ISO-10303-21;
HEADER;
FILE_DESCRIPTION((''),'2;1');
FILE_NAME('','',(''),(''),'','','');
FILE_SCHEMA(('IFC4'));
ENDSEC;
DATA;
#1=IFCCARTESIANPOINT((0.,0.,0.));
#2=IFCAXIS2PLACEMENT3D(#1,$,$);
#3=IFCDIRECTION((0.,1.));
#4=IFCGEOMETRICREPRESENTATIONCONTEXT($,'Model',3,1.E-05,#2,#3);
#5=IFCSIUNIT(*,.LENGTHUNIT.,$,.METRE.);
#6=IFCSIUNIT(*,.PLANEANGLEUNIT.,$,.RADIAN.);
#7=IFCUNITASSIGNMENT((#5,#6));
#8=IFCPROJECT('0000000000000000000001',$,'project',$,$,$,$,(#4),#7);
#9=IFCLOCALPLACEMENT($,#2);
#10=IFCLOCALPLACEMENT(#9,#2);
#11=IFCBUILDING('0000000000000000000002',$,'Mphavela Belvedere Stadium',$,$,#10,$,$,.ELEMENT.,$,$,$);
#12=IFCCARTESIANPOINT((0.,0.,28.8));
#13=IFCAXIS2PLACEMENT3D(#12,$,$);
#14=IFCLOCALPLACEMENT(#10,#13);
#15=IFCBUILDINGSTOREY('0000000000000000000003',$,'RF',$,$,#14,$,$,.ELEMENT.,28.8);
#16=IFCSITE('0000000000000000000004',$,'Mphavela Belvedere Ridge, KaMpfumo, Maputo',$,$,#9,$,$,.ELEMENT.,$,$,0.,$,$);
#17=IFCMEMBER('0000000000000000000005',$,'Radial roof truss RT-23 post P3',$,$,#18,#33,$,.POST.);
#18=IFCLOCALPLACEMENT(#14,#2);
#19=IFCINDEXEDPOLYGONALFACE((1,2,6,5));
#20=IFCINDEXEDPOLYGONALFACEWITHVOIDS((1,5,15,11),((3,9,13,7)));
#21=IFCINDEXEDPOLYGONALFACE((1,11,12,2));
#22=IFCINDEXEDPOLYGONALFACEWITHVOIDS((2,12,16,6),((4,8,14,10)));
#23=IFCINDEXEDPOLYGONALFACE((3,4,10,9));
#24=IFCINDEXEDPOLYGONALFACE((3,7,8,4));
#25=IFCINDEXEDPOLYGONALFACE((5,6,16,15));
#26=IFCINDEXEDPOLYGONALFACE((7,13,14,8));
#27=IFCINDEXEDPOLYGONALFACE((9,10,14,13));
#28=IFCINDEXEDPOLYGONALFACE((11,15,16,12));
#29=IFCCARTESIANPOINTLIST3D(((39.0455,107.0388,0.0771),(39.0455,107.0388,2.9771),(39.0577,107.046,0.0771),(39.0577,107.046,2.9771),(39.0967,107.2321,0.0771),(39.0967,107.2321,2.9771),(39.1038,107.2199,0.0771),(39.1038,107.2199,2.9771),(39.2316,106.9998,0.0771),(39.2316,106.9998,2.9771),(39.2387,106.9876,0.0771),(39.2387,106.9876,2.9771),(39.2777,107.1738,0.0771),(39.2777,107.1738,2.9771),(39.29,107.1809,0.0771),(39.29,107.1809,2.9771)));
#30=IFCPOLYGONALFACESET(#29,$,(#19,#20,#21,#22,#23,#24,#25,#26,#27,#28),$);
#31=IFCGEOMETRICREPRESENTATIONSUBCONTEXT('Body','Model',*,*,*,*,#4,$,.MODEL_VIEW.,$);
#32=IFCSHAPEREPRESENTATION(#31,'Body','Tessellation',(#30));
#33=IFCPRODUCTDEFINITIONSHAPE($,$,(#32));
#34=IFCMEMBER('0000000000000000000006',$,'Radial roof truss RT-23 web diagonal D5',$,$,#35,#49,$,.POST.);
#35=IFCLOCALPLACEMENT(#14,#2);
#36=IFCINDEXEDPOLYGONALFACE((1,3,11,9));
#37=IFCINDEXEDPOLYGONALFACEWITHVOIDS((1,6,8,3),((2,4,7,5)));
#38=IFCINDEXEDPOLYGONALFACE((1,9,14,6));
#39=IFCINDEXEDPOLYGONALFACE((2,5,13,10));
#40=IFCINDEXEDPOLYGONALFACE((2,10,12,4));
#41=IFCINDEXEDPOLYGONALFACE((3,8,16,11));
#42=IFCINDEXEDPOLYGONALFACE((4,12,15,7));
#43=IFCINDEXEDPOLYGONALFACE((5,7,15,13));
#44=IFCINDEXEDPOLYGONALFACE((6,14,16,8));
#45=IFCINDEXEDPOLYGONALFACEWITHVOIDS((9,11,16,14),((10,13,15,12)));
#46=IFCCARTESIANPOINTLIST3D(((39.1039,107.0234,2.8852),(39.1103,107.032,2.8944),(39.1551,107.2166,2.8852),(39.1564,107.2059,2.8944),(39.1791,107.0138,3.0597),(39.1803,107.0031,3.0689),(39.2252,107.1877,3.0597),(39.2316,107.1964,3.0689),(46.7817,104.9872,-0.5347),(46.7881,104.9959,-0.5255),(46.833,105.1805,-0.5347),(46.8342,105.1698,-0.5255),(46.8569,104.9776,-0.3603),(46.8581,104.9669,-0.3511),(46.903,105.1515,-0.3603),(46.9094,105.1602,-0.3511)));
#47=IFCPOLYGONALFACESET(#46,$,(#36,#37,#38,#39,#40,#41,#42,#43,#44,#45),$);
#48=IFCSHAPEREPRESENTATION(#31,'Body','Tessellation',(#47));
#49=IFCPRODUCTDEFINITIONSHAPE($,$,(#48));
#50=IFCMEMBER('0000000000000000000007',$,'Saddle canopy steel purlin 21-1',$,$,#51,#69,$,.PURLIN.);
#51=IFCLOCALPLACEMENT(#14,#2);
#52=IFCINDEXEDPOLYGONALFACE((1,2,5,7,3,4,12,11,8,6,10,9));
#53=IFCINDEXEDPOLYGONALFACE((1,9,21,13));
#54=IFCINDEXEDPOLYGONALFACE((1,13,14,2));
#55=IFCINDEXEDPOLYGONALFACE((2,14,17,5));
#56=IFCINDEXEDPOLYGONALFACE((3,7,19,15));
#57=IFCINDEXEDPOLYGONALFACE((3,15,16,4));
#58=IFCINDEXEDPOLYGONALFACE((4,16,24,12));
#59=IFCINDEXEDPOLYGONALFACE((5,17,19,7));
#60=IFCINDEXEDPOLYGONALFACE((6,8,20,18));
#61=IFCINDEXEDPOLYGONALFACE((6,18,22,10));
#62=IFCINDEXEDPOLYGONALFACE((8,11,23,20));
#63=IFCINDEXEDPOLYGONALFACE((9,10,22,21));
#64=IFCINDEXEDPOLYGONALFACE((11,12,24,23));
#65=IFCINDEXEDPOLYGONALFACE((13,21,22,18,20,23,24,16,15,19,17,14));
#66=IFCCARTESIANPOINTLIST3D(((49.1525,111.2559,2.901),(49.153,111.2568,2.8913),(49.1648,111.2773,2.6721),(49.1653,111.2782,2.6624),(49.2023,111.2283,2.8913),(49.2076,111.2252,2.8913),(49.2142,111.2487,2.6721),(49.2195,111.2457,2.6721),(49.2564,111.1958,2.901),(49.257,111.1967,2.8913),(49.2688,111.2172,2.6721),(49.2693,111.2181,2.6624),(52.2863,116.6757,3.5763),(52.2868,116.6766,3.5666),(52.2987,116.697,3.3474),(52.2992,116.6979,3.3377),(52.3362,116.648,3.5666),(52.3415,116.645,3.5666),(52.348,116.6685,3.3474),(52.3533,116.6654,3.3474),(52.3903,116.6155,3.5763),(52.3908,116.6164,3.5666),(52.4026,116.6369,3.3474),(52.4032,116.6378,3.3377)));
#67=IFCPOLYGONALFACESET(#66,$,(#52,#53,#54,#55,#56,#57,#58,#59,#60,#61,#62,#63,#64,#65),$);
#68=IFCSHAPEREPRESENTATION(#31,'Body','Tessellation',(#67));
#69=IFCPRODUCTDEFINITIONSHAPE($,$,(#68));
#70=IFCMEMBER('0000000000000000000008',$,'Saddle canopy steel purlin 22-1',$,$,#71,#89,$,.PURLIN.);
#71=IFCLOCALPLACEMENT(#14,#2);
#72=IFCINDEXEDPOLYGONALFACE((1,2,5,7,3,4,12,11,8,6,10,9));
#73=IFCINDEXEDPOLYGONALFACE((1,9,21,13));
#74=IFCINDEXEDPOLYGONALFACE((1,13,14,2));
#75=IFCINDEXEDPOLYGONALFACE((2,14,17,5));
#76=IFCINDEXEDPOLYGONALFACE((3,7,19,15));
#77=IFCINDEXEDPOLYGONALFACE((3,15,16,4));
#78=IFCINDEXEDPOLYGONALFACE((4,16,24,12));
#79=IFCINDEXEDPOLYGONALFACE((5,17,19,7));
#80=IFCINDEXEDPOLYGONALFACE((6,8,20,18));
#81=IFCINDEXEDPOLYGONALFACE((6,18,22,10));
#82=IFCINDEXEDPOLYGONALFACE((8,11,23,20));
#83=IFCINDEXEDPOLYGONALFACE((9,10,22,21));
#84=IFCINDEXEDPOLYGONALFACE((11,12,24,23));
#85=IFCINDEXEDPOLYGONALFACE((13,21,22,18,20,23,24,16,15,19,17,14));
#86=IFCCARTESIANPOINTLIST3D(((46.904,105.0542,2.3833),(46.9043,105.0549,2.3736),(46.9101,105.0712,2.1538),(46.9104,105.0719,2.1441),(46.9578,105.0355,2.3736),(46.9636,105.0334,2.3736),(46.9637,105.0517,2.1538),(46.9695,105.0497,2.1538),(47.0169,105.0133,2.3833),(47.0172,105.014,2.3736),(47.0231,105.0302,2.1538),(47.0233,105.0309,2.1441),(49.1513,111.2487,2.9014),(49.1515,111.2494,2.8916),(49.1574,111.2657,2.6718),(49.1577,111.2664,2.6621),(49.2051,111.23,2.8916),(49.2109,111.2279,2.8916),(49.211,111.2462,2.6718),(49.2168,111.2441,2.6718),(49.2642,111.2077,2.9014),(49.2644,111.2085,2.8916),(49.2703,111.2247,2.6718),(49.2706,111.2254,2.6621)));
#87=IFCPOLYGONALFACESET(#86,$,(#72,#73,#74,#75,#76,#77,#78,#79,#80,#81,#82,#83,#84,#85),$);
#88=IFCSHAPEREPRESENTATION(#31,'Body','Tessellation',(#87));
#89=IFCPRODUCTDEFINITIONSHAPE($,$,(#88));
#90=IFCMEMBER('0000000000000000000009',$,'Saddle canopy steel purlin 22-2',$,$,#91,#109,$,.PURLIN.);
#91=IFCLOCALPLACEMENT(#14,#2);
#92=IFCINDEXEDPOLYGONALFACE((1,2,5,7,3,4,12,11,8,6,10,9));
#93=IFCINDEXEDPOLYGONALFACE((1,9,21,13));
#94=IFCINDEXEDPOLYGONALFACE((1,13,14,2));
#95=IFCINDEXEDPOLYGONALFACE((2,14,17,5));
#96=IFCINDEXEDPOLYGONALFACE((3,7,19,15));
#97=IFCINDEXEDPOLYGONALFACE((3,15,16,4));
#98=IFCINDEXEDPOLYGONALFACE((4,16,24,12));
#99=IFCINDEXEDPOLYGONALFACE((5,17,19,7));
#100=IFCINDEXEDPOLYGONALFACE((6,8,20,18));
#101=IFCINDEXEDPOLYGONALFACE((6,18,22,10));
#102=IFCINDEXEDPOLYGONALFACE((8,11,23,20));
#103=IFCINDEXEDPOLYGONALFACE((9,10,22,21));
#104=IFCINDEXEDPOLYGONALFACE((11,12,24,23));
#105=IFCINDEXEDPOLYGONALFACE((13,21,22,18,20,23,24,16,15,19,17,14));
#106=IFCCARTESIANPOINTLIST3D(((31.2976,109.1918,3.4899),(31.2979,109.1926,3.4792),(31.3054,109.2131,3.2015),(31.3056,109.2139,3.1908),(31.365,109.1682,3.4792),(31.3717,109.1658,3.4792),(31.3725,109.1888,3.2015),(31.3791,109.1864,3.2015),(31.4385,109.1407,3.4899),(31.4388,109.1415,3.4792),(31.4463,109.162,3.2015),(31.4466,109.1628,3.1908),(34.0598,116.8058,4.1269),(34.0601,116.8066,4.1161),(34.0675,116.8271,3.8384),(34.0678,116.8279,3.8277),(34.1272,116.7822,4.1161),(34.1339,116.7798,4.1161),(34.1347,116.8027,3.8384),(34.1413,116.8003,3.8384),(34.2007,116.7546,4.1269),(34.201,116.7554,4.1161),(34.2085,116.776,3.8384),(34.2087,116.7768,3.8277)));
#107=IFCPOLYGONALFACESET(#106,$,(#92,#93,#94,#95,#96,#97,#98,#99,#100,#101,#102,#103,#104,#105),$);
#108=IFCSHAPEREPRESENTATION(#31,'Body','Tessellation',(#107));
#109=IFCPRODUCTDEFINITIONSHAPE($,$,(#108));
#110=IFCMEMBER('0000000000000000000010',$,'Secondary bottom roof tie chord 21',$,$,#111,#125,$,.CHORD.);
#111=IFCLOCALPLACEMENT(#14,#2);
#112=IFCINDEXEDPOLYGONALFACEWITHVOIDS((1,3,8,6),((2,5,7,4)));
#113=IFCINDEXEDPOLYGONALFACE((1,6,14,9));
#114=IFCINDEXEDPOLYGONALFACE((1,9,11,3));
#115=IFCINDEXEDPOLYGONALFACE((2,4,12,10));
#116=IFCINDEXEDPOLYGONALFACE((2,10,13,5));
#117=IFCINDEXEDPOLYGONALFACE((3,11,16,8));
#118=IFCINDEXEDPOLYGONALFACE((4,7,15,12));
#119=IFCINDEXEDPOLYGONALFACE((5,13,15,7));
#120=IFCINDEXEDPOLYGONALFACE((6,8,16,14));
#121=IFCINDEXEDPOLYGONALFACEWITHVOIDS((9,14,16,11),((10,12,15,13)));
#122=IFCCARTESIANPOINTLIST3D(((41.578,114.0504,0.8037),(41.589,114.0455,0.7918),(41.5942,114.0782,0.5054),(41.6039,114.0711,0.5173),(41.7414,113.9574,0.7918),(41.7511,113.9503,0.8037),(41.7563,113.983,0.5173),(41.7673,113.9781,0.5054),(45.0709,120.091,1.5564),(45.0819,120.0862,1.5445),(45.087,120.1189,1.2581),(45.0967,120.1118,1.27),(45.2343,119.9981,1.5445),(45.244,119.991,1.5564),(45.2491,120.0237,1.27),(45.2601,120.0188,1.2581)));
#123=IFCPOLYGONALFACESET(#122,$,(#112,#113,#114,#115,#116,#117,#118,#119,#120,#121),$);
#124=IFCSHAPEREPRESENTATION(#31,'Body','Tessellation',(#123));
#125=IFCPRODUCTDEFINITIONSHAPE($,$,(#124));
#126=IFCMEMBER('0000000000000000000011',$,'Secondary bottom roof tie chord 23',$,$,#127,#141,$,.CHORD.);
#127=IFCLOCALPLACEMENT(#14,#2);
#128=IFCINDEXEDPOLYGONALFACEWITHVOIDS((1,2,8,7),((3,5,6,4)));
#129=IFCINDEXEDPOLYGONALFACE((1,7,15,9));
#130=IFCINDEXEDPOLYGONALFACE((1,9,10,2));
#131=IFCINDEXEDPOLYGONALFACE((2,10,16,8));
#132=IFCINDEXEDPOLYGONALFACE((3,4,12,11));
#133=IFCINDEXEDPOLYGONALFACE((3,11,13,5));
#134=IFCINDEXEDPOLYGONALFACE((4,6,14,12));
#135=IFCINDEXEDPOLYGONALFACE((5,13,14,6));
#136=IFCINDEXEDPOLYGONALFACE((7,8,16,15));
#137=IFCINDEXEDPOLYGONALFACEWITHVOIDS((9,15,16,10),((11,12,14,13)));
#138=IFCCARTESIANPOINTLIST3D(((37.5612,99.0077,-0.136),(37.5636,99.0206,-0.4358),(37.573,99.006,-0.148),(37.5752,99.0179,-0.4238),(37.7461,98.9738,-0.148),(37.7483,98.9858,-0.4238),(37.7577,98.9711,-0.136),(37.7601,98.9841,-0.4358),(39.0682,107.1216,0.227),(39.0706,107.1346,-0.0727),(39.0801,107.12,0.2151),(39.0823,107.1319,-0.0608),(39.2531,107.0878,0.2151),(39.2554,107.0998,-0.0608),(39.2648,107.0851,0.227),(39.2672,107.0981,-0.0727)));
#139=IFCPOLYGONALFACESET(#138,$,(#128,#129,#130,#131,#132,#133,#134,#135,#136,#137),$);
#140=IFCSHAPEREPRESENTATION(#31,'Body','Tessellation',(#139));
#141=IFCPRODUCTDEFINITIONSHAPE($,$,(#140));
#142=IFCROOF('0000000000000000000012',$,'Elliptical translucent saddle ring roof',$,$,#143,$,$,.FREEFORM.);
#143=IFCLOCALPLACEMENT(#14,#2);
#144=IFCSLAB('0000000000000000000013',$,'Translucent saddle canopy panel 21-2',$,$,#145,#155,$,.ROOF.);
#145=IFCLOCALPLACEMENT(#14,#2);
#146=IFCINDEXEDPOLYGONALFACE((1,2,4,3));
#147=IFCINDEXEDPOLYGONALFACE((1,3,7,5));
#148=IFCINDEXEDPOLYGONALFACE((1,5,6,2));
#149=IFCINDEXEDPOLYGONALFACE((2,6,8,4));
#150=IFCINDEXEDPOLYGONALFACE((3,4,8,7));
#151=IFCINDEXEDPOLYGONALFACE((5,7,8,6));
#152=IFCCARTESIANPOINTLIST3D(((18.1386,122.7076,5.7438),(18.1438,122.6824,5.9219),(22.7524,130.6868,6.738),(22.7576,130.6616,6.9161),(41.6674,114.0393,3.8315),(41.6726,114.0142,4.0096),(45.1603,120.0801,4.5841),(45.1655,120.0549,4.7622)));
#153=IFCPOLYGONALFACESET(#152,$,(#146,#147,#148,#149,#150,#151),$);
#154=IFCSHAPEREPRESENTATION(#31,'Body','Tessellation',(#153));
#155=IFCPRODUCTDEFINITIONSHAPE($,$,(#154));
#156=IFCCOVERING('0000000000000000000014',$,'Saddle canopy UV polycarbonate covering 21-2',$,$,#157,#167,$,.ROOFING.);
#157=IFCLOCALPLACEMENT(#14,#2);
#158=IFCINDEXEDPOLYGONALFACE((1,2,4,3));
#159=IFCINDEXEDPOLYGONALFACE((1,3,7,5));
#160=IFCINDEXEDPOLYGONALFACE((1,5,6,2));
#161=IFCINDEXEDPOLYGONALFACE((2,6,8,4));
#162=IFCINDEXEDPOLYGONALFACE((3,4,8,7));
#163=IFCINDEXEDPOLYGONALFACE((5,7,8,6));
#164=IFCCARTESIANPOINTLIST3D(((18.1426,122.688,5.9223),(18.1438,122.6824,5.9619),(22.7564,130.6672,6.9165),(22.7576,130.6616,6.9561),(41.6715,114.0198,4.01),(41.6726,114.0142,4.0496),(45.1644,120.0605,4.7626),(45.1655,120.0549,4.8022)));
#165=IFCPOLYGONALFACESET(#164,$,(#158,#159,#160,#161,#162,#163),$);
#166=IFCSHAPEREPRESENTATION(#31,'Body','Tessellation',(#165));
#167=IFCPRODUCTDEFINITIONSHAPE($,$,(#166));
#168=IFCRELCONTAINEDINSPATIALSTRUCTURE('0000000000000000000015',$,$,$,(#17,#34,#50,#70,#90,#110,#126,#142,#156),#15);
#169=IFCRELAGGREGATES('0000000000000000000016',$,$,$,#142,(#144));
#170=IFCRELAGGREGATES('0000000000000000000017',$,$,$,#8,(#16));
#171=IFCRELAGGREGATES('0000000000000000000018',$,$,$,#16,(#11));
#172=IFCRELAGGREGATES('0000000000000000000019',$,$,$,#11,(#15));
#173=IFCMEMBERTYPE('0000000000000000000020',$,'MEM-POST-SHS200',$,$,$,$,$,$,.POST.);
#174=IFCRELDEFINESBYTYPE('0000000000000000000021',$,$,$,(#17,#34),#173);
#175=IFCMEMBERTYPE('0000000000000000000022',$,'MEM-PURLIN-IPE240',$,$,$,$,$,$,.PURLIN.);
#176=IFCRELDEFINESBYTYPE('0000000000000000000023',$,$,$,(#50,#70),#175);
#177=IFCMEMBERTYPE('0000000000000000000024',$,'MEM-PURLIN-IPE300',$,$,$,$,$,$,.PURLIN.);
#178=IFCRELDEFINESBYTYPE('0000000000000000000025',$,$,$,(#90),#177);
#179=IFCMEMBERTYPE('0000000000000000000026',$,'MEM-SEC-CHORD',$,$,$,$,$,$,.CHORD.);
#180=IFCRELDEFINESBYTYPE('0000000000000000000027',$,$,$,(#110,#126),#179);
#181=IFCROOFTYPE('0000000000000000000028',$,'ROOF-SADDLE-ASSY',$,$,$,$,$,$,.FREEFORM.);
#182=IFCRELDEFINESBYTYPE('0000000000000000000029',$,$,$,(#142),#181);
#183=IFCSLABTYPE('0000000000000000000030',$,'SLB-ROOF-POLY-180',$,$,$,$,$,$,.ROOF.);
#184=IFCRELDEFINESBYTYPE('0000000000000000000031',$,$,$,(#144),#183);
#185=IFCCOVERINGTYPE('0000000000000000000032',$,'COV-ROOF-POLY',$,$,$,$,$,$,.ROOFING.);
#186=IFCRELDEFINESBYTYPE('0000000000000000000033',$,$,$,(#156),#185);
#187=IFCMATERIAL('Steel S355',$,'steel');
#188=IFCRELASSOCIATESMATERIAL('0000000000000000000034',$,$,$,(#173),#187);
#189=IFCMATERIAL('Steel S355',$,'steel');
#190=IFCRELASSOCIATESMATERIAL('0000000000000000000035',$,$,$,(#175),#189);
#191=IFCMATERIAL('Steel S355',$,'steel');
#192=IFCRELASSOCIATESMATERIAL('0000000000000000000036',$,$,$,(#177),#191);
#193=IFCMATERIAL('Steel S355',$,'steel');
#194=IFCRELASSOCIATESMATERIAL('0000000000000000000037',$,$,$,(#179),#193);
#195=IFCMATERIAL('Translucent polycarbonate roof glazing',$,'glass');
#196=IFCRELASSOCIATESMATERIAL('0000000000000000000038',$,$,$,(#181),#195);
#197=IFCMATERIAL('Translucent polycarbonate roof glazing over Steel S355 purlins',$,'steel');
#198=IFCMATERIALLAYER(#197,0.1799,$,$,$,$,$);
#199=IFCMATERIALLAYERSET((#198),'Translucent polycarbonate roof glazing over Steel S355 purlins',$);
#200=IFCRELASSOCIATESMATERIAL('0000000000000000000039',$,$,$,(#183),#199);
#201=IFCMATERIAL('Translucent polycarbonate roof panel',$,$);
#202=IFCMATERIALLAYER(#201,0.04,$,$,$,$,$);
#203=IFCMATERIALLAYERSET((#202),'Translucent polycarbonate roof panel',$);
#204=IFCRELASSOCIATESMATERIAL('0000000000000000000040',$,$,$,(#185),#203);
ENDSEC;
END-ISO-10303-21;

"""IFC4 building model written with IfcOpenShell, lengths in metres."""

from ifc_helpers import new_model, si_unit, direction, frame, origin, origin_2d, place, context, subcontext, project, spatial, polyline, hollow_rectangle, i_section, outline, extrude, material, layer, layer_set, material_profile, profile_set, type_object, element, aggregate, save


model = new_model("IFC4")

# Units and contexts
model_context = context("Model", 3, precision=1e-05, world=origin(), true_north=direction((0.0, 1.0)))
body_context = subcontext(model_context, "Body", "Model", "MODEL_VIEW")
ifc_project = project(units=[si_unit("LENGTHUNIT", "METRE"), si_unit("PLANEANGLEUNIT", "RADIAN")], contexts=[model_context])

# Site, building, storey
site_placement = place(None, origin())
site = spatial("IfcSite", under=ifc_project, at=site_placement, Name="Mphavela Belvedere Ridge, KaMpfumo, Maputo", CompositionType="ELEMENT", RefElevation=0.0)
building_placement = place(site_placement, origin())
building = spatial("IfcBuilding", under=site, at=building_placement, Name="Mphavela Belvedere Stadium", CompositionType="ELEMENT")
storey_placement = place(building_placement, frame((0.0, 0.0, 28.8)))
storey = spatial("IfcBuildingStorey", under=building, at=storey_placement, Name="RF", CompositionType="ELEMENT", Elevation=28.8)

# Members
ifc_material_1 = material(Name="Steel S355", Category="steel")
ifc_material_profile_1 = material_profile(ifc_material_1, hollow_rectangle(XDim=0.2, YDim=0.2, WallThickness=0.01, at=origin_2d()), Name="SHS 200x200x10")
ifc_profile_set_1 = profile_set([ifc_material_profile_1], Name="Steel S355")
member_type_1 = type_object("IfcMemberType", Name="MEM-POST-SHS200", PredefinedType="POST", material=ifc_profile_set_1)
member_1_placement = place(storey_placement, frame((39.1677, 107.1099, 0.0771), z_axis=(0.0, 0.0, 1.0), x_axis=(-0.9666, 0.256289, 0.0)))
element("IfcMember", 1, at=member_1_placement, inside=storey, type_object=member_type_1, Name="Radial roof truss RT-23 post P3", PredefinedType="POST", context=body_context, shape_type="SweptSolid", body=[
    extrude(hollow_rectangle(XDim=0.2, YDim=0.2, WallThickness=0.01, at=origin_2d()), origin(), (0.0, 0.0, 1.0), 2.8999),
])
member_2_placement = place(storey_placement, frame((39.1677, 107.1099, 2.9771), z_axis=(0.887796, -0.235443, -0.395454), x_axis=(0.256339, 0.966587, 0.0)))
element("IfcMember", 2, at=member_2_placement, inside=storey, type_object=member_type_1, Name="Radial roof truss RT-23 web diagonal D5", PredefinedType="POST", context=body_context, shape_type="SweptSolid", body=[
    extrude(hollow_rectangle(XDim=0.2, YDim=0.2, WallThickness=0.01, at=origin_2d()), origin(), (0.0, 0.0, 1.0), 8.6482),
])
ifc_material_2 = material(Name="Steel S355", Category="steel")
ifc_material_profile_2 = material_profile(ifc_material_2, i_section(OverallWidth=0.1201, OverallDepth=0.24, WebThickness=0.0061, FlangeThickness=0.0098, at=origin_2d()), Name="IPE 240")
ifc_profile_set_2 = profile_set([ifc_material_profile_2], Name="Steel S355")
member_type_2 = type_object("IfcMemberType", Name="MEM-PURLIN-IPE240", PredefinedType="PURLIN", material=ifc_profile_set_2)
member_3_placement = place(storey_placement, frame((52.3447, 116.6567, 3.457), z_axis=(-0.49768, -0.860705, -0.107244), x_axis=(0.865698, -0.500567, 0.0)))
element("IfcMember", 3, at=member_3_placement, inside=storey, type_object=member_type_2, Name="Saddle canopy steel purlin 21-1", PredefinedType="PURLIN", context=body_context, shape_type="SweptSolid", body=[
    extrude(i_section(OverallWidth=0.1201, OverallDepth=0.24, WebThickness=0.0061, FlangeThickness=0.0098, at=origin_2d()), origin(), (0.0, 0.0, 1.0), 6.2969),
])
member_4_placement = place(storey_placement, frame((49.2109, 111.2371, 2.7817), z_axis=(-0.339989, -0.937158, -0.078377), x_axis=(0.94005, -0.341038, 0.0)))
element("IfcMember", 4, at=member_4_placement, inside=storey, type_object=member_type_2, Name="Saddle canopy steel purlin 22-1", PredefinedType="PURLIN", context=body_context, shape_type="SweptSolid", body=[
    extrude(i_section(OverallWidth=0.1201, OverallDepth=0.24, WebThickness=0.0061, FlangeThickness=0.0098, at=origin_2d()), origin(), (0.0, 0.0, 1.0), 6.6099),
])
ifc_material_3 = material(Name="Steel S355", Category="steel")
ifc_material_profile_3 = material_profile(ifc_material_3, i_section(OverallWidth=0.1499, OverallDepth=0.3, WebThickness=0.0071, FlangeThickness=0.0107, at=origin_2d()), Name="IPE 300")
ifc_profile_set_3 = profile_set([ifc_material_profile_3], Name="Steel S355")
member_type_3 = type_object("IfcMemberType", Name="MEM-PURLIN-IPE300", PredefinedType="PURLIN", material=ifc_profile_set_3)
member_5_placement = place(storey_placement, frame((34.1343, 116.7913, 3.9773), z_axis=(-0.339982, -0.937158, -0.0784), x_axis=(0.940052, -0.341031, 0.0)))
element("IfcMember", 5, at=member_5_placement, inside=storey, type_object=member_type_3, Name="Saddle canopy steel purlin 22-2", PredefinedType="PURLIN", context=body_context, shape_type="SweptSolid", body=[
    extrude(i_section(OverallWidth=0.1499, OverallDepth=0.3, WebThickness=0.0071, FlangeThickness=0.0107, at=origin_2d()), origin(), (0.0, 0.0, 1.0), 8.1245),
])
ifc_material_4 = material(Name="Steel S355", Category="steel")
ifc_material_profile_4 = material_profile(ifc_material_4, hollow_rectangle(XDim=0.2, YDim=0.3, WallThickness=0.012, at=origin_2d()), Name="RHS 300x200x12")
ifc_profile_set_4 = profile_set([ifc_material_profile_4], Name="Steel S355")
member_type_4 = type_object("IfcMemberType", Name="MEM-SEC-CHORD", PredefinedType="CHORD", material=ifc_profile_set_4)
member_6_placement = place(storey_placement, frame((45.1655, 120.0549, 1.4072), z_axis=(-0.49768, -0.860705, -0.107245), x_axis=(0.865698, -0.500567, 0.0)))
element("IfcMember", 6, at=member_6_placement, inside=storey, type_object=member_type_4, Name="Secondary bottom roof tie chord 21", PredefinedType="CHORD", context=body_context, shape_type="SweptSolid", body=[
    extrude(hollow_rectangle(XDim=0.2, YDim=0.3, WallThickness=0.012, at=origin_2d()), origin(), (0.0, 0.0, 1.0), 7.0183),
])
member_7_placement = place(storey_placement, frame((39.1677, 107.1099, 0.0771), z_axis=(-0.182438, -0.982235, -0.043947), x_axis=(0.983185, -0.182615, 0.0)))
element("IfcMember", 7, at=member_7_placement, inside=storey, type_object=member_type_4, Name="Secondary bottom roof tie chord 23", PredefinedType="CHORD", context=body_context, shape_type="SweptSolid", body=[
    extrude(hollow_rectangle(XDim=0.2, YDim=0.3, WallThickness=0.012, at=origin_2d()), origin(), (0.0, 0.0, 1.0), 8.2607),
])

# Roof, slab
ifc_material_5 = material(Name="Translucent polycarbonate roof glazing", Category="glass")
roof_type = type_object("IfcRoofType", Name="ROOF-SADDLE-ASSY", PredefinedType="FREEFORM", material=ifc_material_5)
roof_placement = place(storey_placement, origin())
roof = element("IfcRoof", 8, at=roof_placement, inside=storey, type_object=roof_type, Name="Elliptical translucent saddle ring roof", PredefinedType="FREEFORM")
ifc_material_6 = material(Name="Translucent polycarbonate roof glazing over Steel S355 purlins", Category="steel")
ifc_layer_1 = layer(ifc_material_6, 0.1799)
ifc_layer_set_1 = layer_set([ifc_layer_1], Name="Translucent polycarbonate roof glazing over Steel S355 purlins")
slab_type = type_object("IfcSlabType", Name="SLB-ROOF-POLY-180", PredefinedType="ROOF", material=ifc_layer_set_1)
slab_1_placement = place(storey_placement, frame((45.1655, 120.0549, 4.7622), z_axis=(0.028862, -0.140004, 0.98973), x_axis=(-0.49768, -0.860706, -0.10724)))
slab_1 = element("IfcSlab", 9, at=slab_1_placement, type_object=slab_type, Name="Translucent saddle canopy panel 21-2", PredefinedType="ROOF", context=body_context, shape_type="SweptSolid", body=[
    extrude(outline(polyline([(0.0, 0.0), (7.0184, 0.0), (11.0624, -24.8203), (1.7918, -24.8203), (0.0, 0.0)])), origin(), (0.0, 0.0, -1.0), 0.1799),
])
aggregate(roof, [slab_1])

# Covering
ifc_material_7 = material(Name="Translucent polycarbonate roof panel")
ifc_layer_2 = layer(ifc_material_7, 0.04)
ifc_layer_set_2 = layer_set([ifc_layer_2], Name="Translucent polycarbonate roof panel")
covering_type = type_object("IfcCoveringType", Name="COV-ROOF-POLY", PredefinedType="ROOFING", material=ifc_layer_set_2)
covering_1_placement = place(storey_placement, frame((45.1655, 120.0549, 4.8022), z_axis=(0.028862, -0.140004, 0.98973), x_axis=(-0.49768, -0.860706, -0.10724)))
element("IfcCovering", 10, at=covering_1_placement, inside=storey, type_object=covering_type, Name="Saddle canopy UV polycarbonate covering 21-2", PredefinedType="ROOFING", context=body_context, shape_type="SweptSolid", body=[
    extrude(outline(polyline([(0.0, 0.0), (7.0184, 0.0), (11.0624, -24.8203), (1.7918, -24.8203), (0.0, 0.0)])), origin(), (0.0, 0.0, -1.0), 0.04),
])

save(model, "model.ifc")
